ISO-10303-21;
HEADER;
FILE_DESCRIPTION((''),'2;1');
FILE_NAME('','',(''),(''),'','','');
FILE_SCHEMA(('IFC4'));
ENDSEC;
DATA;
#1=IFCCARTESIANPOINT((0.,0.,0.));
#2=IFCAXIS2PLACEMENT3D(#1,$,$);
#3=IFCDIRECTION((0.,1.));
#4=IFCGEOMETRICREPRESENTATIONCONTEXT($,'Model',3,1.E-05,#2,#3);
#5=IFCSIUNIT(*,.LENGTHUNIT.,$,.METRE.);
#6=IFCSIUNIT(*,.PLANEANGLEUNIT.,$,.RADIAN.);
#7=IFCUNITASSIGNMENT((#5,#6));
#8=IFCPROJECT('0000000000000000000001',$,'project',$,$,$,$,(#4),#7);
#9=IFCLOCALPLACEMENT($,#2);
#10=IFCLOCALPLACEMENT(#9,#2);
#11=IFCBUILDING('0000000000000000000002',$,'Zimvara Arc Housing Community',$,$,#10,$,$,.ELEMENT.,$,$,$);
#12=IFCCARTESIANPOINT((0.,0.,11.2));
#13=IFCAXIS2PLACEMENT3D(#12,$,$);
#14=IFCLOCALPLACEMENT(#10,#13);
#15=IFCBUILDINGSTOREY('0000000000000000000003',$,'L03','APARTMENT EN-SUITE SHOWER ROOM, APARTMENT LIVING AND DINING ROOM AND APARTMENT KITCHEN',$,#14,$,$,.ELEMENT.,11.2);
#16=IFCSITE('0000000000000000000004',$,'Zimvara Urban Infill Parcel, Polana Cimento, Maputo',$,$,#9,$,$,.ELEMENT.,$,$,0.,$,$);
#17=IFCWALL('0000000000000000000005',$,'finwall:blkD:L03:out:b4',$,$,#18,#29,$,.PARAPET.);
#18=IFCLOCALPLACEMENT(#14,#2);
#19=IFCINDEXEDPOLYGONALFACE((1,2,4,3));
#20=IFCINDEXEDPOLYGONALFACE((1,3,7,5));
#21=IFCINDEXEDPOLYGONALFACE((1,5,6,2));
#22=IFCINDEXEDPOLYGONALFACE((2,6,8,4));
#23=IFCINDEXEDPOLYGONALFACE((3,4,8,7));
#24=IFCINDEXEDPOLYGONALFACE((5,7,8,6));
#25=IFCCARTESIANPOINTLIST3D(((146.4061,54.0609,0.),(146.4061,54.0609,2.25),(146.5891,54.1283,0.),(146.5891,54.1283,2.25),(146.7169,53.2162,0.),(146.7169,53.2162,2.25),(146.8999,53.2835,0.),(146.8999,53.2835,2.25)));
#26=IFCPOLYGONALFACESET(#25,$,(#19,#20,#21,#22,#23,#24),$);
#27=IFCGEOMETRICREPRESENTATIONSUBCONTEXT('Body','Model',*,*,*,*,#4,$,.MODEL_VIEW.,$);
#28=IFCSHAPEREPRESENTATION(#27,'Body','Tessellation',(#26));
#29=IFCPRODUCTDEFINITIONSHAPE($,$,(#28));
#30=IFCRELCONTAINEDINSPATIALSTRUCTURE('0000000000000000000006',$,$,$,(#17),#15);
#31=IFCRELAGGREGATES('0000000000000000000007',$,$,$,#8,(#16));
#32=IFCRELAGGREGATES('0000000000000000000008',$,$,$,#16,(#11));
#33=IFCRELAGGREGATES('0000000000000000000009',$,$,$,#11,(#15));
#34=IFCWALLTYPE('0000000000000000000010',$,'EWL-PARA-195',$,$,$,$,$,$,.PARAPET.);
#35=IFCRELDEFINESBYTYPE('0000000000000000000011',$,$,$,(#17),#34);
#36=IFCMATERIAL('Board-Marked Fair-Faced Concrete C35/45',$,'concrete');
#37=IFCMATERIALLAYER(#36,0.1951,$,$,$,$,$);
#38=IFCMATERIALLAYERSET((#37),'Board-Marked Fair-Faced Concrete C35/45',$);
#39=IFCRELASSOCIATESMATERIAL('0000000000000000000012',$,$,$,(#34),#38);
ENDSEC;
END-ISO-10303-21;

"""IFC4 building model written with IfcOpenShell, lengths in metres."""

from ifc_helpers import new_model, si_unit, direction, frame, frame_2d, origin, place, context, subcontext, project, spatial, rectangle, extrude, material, layer, layer_set, type_object, element, save


model = new_model("IFC4")

# Units and contexts
model_context = context("Model", 3, precision=1e-05, world=origin(), true_north=direction((0.0, 1.0)))
body_context = subcontext(model_context, "Body", "Model", "MODEL_VIEW")
ifc_project = project(units=[si_unit("LENGTHUNIT", "METRE"), si_unit("PLANEANGLEUNIT", "RADIAN")], contexts=[model_context])

# Site, building, storey
site_placement = place(None, origin())
site = spatial("IfcSite", under=ifc_project, at=site_placement, Name="Zimvara Urban Infill Parcel, Polana Cimento, Maputo", CompositionType="ELEMENT", RefElevation=0.0)
building_placement = place(site_placement, origin())
building = spatial("IfcBuilding", under=site, at=building_placement, Name="Zimvara Arc Housing Community", CompositionType="ELEMENT")
storey_placement = place(building_placement, frame((0.0, 0.0, 11.2)))
storey = spatial("IfcBuildingStorey", under=building, at=storey_placement, Name="L03", Description="APARTMENT EN-SUITE SHOWER ROOM, APARTMENT LIVING AND DINING ROOM AND APARTMENT KITCHEN", CompositionType="ELEMENT", Elevation=11.2)

# Wall
ifc_material_1 = material(Name="Board-Marked Fair-Faced Concrete C35/45", Category="concrete")
ifc_layer_1 = layer(ifc_material_1, 0.1951)
ifc_layer_set_1 = layer_set([ifc_layer_1], Name="Board-Marked Fair-Faced Concrete C35/45")
wall_type = type_object("IfcWallType", Name="EWL-PARA-195", PredefinedType="PARAPET", material=ifc_layer_set_1)
wall_placement = place(storey_placement, frame((146.4976, 54.0947, 0.0), z_axis=(0.0, 0.0, 1.0), x_axis=(0.345291, -0.938496, 0.0)))
element("IfcWall", 1, at=wall_placement, inside=storey, type_object=wall_type, Name="finwall:blkD:L03:out:b4", PredefinedType="PARAPET", context=body_context, shape_type="SweptSolid", body=[
    extrude(rectangle(XDim=0.9001, YDim=0.1951, at=frame_2d((0.4502, 0.0))), origin(), (0.0, 0.0, 1.0), 2.25),
])

save(model, "model.ifc")
